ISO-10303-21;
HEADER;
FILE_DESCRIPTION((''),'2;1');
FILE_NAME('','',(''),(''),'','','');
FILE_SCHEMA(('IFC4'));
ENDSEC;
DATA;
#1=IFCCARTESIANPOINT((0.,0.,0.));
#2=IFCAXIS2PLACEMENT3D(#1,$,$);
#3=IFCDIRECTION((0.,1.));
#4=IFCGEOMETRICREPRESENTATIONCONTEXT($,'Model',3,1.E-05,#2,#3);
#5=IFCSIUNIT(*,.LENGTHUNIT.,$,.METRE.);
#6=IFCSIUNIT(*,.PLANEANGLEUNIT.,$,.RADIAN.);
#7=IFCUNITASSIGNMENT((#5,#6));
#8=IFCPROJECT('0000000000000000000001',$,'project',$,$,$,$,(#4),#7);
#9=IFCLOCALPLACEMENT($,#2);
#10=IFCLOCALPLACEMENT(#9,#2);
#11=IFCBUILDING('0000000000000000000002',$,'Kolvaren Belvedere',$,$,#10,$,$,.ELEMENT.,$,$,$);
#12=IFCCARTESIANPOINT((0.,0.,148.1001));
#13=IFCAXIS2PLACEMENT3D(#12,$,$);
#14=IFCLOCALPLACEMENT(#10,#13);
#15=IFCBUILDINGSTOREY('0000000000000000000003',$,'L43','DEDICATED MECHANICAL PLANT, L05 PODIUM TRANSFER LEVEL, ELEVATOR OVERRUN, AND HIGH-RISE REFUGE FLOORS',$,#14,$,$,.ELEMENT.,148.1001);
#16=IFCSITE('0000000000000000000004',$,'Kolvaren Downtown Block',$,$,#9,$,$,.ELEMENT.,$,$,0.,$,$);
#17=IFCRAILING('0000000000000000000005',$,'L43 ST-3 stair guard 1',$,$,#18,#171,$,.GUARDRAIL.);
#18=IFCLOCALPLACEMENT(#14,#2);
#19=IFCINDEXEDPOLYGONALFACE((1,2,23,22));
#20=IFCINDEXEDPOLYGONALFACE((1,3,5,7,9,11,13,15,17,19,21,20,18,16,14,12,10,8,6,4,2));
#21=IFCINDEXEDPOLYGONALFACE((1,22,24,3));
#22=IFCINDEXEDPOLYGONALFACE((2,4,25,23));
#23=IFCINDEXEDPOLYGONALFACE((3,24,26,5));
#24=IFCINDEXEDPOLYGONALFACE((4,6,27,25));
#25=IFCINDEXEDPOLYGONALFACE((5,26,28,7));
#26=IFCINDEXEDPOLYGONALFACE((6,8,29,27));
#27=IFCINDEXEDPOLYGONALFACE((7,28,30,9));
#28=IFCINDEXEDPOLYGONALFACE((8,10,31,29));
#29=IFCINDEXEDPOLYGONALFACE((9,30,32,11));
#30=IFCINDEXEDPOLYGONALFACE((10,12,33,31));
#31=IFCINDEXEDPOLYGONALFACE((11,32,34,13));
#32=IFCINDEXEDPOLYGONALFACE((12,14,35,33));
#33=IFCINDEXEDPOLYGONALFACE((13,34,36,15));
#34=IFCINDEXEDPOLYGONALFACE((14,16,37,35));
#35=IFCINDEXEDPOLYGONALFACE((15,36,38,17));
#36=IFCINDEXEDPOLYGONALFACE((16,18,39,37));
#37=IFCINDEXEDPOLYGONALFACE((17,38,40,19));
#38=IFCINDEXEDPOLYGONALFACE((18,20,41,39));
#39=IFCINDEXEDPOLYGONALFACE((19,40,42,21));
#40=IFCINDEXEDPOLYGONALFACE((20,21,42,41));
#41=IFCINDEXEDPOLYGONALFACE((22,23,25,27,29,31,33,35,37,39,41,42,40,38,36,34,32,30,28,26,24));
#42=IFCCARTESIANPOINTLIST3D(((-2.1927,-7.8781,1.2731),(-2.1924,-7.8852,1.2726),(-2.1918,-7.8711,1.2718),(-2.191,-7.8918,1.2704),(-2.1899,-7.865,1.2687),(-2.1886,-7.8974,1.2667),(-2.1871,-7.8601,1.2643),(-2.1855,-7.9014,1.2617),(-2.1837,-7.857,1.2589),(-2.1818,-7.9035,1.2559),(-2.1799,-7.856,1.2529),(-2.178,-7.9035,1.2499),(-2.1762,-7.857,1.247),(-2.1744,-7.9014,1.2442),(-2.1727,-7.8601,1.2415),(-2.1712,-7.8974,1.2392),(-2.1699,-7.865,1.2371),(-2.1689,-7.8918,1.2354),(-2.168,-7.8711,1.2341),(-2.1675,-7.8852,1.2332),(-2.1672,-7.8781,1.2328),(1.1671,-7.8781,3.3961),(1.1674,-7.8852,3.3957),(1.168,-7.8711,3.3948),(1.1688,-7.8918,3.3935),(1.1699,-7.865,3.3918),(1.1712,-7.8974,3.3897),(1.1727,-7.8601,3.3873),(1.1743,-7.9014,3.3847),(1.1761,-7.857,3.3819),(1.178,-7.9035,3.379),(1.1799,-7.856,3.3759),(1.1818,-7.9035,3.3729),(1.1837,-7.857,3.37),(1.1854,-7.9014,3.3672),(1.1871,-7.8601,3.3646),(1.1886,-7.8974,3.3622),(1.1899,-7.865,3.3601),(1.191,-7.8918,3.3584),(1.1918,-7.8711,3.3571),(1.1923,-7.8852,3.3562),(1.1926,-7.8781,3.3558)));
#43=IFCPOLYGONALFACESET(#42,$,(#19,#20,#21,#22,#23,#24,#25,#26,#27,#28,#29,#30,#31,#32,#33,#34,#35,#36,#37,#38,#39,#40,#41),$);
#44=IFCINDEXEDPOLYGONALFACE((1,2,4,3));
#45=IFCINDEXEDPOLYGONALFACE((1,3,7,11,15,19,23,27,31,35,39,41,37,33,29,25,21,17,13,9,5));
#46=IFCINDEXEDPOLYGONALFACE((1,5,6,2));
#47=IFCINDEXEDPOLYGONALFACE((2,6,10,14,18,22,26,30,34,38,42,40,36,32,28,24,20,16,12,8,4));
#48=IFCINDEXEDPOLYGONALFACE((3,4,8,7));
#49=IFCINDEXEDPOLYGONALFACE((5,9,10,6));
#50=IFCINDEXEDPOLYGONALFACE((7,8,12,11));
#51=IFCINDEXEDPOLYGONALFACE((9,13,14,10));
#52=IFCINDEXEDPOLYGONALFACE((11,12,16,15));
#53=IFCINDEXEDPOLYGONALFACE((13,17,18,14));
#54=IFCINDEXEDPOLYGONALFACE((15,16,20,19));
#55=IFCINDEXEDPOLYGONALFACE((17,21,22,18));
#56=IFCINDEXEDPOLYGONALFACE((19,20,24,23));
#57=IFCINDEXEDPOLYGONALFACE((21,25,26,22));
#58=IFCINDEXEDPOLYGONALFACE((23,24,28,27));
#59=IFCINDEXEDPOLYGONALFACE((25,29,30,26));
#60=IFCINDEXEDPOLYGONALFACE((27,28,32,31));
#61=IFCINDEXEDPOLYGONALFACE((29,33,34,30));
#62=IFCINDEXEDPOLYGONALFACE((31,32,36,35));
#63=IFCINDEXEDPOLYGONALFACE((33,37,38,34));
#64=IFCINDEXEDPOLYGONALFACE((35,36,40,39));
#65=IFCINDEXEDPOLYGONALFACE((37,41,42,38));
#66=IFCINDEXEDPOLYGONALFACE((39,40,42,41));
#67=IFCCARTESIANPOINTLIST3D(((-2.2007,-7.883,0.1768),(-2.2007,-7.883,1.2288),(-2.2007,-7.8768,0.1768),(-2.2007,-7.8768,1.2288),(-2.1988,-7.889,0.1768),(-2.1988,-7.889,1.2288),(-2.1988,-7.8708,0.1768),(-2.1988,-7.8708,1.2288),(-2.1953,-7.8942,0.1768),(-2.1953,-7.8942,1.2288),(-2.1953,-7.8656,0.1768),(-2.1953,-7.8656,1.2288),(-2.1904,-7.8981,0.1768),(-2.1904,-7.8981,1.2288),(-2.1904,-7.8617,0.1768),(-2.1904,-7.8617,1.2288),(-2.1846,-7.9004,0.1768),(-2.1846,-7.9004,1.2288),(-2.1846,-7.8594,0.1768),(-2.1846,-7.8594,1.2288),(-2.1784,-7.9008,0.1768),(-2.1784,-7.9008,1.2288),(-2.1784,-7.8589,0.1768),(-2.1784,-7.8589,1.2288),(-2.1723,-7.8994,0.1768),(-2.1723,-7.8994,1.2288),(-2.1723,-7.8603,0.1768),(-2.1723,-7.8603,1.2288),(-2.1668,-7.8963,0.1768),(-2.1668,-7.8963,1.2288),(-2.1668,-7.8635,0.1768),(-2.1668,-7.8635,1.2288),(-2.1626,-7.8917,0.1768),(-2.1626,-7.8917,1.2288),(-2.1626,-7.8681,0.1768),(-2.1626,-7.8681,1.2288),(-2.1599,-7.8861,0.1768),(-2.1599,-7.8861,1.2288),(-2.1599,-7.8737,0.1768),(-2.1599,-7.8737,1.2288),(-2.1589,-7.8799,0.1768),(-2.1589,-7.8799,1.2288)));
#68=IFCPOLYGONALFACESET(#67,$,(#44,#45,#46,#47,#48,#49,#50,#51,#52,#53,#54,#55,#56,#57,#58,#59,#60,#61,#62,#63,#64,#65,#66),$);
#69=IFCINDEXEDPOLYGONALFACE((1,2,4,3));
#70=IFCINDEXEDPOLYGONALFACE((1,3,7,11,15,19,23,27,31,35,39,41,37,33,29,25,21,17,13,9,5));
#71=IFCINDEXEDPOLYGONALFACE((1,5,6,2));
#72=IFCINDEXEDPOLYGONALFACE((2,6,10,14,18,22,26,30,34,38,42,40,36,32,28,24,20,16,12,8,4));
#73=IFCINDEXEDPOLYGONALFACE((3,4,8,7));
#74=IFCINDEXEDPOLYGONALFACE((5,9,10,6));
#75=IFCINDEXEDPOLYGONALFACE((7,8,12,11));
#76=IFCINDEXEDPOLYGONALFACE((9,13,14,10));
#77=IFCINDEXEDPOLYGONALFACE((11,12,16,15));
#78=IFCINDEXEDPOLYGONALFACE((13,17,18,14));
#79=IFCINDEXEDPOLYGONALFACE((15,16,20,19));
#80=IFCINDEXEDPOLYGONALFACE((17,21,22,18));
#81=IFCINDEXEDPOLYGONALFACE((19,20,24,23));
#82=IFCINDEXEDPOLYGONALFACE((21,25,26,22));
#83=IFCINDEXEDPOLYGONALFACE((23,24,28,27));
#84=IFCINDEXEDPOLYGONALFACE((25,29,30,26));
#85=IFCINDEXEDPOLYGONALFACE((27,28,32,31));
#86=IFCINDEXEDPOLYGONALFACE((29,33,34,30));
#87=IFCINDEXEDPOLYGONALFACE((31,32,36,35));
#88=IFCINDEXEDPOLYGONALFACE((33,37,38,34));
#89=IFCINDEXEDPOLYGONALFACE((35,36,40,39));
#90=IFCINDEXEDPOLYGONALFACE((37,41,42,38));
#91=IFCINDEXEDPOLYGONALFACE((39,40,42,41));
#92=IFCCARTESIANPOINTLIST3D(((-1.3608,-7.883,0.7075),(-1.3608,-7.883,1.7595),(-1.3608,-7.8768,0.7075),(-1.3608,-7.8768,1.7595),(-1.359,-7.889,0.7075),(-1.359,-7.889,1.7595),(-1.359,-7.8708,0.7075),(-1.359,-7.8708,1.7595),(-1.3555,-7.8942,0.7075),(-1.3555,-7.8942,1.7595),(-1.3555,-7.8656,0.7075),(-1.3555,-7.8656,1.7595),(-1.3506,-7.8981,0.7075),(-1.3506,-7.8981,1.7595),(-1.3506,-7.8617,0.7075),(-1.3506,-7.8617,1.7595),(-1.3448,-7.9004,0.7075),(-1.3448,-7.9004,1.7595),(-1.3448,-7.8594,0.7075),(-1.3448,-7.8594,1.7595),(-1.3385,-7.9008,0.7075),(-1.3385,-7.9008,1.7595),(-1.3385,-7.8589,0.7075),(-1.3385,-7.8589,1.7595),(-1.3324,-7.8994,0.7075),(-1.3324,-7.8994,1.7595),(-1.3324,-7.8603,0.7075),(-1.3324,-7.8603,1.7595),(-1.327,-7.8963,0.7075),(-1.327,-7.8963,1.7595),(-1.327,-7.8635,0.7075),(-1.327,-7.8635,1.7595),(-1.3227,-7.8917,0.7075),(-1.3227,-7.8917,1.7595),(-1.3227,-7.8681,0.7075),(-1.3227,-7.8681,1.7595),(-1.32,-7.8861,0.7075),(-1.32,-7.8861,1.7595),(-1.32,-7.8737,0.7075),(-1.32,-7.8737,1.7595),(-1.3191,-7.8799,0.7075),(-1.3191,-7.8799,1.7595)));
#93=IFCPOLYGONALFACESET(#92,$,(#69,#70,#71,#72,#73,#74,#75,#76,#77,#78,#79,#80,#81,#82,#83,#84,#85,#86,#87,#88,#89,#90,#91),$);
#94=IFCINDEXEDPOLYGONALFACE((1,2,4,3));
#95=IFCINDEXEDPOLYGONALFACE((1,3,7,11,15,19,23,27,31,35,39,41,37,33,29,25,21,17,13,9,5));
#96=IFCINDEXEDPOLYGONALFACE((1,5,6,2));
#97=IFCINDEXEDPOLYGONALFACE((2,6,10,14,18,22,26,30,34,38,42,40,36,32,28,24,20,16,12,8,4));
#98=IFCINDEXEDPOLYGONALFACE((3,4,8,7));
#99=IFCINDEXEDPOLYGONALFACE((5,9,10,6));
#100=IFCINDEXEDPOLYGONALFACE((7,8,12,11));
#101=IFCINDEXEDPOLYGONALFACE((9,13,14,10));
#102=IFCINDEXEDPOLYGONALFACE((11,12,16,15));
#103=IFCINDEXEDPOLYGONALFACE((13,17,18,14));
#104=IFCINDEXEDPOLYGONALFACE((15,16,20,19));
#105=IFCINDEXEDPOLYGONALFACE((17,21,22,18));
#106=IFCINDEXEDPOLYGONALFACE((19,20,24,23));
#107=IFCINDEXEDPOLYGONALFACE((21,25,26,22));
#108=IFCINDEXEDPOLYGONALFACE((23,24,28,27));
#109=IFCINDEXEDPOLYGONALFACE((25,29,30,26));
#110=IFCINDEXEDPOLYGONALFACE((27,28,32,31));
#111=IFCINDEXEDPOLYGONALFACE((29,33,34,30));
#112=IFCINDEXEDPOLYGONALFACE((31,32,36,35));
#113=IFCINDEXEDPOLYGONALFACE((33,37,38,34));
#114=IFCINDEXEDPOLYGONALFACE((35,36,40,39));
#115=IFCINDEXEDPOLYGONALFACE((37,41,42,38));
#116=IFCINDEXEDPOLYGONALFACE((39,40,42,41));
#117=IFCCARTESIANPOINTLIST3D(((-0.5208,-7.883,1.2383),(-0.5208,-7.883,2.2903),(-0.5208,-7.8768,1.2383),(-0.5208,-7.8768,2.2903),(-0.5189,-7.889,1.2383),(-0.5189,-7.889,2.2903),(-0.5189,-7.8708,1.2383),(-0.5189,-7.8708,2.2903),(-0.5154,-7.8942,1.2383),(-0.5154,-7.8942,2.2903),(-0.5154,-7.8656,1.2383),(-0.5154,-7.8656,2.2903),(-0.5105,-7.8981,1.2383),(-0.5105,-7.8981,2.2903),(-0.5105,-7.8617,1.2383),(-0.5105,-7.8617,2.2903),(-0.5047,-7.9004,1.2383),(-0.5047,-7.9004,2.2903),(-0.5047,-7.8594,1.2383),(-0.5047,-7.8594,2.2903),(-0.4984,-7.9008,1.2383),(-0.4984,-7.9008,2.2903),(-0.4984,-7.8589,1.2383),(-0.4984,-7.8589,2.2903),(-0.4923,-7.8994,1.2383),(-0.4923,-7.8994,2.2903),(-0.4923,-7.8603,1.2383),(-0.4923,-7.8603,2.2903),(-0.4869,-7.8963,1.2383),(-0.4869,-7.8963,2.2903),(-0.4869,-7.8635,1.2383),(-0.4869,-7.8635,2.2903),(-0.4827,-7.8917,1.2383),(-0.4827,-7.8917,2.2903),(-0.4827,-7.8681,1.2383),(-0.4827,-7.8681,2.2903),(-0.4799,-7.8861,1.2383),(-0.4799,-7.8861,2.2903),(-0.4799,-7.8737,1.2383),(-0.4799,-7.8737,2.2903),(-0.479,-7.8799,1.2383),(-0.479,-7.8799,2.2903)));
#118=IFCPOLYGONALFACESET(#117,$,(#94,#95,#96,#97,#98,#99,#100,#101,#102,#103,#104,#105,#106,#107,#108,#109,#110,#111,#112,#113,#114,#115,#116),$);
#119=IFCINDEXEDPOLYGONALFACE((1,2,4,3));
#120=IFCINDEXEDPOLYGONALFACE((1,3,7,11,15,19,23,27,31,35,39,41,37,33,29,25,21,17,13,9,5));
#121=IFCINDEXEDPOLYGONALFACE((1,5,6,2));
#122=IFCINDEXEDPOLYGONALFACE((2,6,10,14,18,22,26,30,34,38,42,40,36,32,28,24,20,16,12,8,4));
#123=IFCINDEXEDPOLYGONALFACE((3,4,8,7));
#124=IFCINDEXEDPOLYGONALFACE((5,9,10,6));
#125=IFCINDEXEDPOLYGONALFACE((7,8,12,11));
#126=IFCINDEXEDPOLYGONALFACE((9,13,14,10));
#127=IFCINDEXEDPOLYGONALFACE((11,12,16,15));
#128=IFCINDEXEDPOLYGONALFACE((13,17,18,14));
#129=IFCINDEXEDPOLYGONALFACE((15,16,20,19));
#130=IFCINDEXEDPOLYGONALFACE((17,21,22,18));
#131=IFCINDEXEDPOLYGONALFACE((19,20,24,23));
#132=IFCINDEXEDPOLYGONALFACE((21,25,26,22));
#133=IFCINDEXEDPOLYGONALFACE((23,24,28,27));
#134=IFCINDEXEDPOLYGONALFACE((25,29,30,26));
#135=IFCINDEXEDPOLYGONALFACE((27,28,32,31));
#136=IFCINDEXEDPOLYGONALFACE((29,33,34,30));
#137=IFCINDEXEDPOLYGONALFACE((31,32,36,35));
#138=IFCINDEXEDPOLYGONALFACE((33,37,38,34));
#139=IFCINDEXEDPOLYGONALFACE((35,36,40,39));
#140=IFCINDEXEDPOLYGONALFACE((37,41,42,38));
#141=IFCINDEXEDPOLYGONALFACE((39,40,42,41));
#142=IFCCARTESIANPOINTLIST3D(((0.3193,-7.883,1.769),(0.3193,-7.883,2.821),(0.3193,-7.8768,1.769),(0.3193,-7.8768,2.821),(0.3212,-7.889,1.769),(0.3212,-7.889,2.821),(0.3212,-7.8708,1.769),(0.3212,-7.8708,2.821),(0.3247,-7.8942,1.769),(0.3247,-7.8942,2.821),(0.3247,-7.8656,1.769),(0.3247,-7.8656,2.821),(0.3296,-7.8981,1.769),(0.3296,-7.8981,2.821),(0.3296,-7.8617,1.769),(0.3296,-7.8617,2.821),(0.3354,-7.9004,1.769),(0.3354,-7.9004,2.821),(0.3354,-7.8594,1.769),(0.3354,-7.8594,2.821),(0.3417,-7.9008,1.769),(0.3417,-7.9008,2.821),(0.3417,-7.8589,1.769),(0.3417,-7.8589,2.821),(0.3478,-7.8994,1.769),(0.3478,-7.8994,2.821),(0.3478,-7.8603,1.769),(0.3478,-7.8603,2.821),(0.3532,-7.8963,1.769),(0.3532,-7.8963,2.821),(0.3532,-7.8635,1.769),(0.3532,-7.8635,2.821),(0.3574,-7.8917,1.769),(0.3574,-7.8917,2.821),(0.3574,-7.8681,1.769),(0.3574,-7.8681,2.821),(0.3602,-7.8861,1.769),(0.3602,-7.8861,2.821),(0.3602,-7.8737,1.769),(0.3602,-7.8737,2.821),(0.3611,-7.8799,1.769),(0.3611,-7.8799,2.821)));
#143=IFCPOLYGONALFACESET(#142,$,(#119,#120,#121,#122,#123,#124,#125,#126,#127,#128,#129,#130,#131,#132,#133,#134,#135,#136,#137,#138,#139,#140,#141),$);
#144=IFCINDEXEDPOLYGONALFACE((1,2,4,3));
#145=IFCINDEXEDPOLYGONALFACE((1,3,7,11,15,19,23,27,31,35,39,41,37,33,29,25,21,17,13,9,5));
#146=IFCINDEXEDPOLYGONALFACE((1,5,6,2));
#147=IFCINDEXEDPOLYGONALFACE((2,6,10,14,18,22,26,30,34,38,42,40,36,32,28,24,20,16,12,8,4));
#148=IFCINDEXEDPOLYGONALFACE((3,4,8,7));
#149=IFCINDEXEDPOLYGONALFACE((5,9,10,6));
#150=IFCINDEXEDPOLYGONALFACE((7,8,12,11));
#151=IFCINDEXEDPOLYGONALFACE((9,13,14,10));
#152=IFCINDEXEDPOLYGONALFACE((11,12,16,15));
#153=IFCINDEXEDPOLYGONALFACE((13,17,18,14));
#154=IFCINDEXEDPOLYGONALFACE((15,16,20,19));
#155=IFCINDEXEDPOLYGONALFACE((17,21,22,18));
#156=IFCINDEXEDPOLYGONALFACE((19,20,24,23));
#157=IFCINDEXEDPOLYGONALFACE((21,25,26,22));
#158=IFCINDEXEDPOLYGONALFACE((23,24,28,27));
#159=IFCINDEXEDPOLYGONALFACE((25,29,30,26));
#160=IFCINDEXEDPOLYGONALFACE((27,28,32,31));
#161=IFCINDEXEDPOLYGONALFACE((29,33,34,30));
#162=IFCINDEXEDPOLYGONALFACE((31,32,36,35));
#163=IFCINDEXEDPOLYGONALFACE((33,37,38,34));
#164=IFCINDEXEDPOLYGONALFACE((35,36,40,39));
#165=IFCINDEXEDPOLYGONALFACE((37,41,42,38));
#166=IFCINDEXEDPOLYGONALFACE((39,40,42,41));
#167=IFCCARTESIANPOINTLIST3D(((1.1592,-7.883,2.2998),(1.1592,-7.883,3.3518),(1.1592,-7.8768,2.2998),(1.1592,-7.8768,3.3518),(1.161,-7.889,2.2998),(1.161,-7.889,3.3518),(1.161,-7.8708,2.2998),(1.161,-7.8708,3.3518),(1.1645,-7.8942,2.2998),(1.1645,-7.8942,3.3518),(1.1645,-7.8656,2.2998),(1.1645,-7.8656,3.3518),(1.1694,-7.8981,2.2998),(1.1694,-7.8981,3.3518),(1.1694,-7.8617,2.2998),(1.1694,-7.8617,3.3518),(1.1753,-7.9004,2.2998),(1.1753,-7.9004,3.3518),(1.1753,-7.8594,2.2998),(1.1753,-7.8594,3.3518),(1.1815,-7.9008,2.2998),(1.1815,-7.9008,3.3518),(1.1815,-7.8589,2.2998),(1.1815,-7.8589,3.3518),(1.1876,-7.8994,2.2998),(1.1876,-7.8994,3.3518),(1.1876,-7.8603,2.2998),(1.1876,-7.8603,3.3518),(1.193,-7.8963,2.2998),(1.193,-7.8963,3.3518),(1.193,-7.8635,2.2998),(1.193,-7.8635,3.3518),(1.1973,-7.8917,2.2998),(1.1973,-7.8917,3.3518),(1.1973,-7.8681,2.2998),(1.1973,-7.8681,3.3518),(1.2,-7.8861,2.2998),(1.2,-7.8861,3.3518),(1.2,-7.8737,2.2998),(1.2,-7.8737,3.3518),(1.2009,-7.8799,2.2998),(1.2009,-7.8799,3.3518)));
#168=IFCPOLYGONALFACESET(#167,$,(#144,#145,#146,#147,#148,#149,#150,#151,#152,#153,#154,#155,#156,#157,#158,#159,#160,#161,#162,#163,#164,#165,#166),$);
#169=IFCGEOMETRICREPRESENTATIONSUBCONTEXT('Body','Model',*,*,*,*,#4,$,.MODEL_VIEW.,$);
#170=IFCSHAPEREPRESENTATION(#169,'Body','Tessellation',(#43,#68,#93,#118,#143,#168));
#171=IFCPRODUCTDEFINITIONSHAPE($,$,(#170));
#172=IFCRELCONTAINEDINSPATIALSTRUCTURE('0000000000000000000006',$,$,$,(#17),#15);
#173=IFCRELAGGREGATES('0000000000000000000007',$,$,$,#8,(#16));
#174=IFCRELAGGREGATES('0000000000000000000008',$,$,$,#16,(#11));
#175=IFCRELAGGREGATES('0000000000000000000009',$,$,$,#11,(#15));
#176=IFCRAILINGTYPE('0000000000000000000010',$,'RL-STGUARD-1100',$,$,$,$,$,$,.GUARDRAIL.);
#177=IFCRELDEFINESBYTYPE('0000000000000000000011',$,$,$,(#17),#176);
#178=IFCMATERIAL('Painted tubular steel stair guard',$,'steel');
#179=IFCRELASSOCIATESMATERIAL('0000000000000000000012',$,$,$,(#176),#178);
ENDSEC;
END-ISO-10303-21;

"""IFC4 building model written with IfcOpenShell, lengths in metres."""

from ifc_helpers import new_model, si_unit, direction, frame, origin, origin_2d, place, context, subcontext, project, spatial, circle, extrude, material, type_object, element, save


model = new_model("IFC4")

# Units and contexts
model_context = context("Model", 3, precision=1e-05, world=origin(), true_north=direction((0.0, 1.0)))
body_context = subcontext(model_context, "Body", "Model", "MODEL_VIEW")
ifc_project = project(units=[si_unit("LENGTHUNIT", "METRE"), si_unit("PLANEANGLEUNIT", "RADIAN")], contexts=[model_context])

# Site, building, storey
site_placement = place(None, origin())
site = spatial("IfcSite", under=ifc_project, at=site_placement, Name="Kolvaren Downtown Block", CompositionType="ELEMENT", RefElevation=0.0)
building_placement = place(site_placement, origin())
building = spatial("IfcBuilding", under=site, at=building_placement, Name="Kolvaren Belvedere", CompositionType="ELEMENT")
storey_placement = place(building_placement, frame((0.0, 0.0, 148.1001)))
storey = spatial("IfcBuildingStorey", under=building, at=storey_placement, Name="L43", Description="DEDICATED MECHANICAL PLANT, L05 PODIUM TRANSFER LEVEL, ELEVATOR OVERRUN, AND HIGH-RISE REFUGE FLOORS", CompositionType="ELEMENT", Elevation=148.1001)

# Railing
ifc_material_1 = material(Name="Painted tubular steel stair guard", Category="steel")
railing_type_1 = type_object("IfcRailingType", Name="RL-STGUARD-1100", PredefinedType="GUARDRAIL", material=ifc_material_1)
railing_1_placement = place(storey_placement, frame((-2.1799, -7.8799, 0.1768)))
element("IfcRailing", 1, at=railing_1_placement, inside=storey, type_object=railing_type_1, Name="L43 ST-3 stair guard 1", PredefinedType="GUARDRAIL", context=body_context, shape_type="SweptSolid", body=[
    extrude(circle(Radius=0.0239, at=origin_2d()), frame((0.0, 0.0, 1.0762), z_axis=(0.845372, 0.0, 0.534178), x_axis=(0.0, 1.0, 0.0)), (0.0, 0.0, 1.0), 3.9744),
    extrude(circle(Radius=0.021, at=origin_2d()), origin(), (0.0, 0.0, 1.0), 1.052),
    extrude(circle(Radius=0.021, at=origin_2d()), frame((0.8398, 0.0, 0.5308)), (0.0, 0.0, 1.0), 1.052),
    extrude(circle(Radius=0.021, at=origin_2d()), frame((1.6799, 0.0, 1.0615)), (0.0, 0.0, 1.0), 1.052),
    extrude(circle(Radius=0.021, at=origin_2d()), frame((2.52, 0.0, 1.5923)), (0.0, 0.0, 1.0), 1.052),
    extrude(circle(Radius=0.021, at=origin_2d()), frame((3.3599, 0.0, 2.123)), (0.0, 0.0, 1.0), 1.052),
])

save(model, "model.ifc")
